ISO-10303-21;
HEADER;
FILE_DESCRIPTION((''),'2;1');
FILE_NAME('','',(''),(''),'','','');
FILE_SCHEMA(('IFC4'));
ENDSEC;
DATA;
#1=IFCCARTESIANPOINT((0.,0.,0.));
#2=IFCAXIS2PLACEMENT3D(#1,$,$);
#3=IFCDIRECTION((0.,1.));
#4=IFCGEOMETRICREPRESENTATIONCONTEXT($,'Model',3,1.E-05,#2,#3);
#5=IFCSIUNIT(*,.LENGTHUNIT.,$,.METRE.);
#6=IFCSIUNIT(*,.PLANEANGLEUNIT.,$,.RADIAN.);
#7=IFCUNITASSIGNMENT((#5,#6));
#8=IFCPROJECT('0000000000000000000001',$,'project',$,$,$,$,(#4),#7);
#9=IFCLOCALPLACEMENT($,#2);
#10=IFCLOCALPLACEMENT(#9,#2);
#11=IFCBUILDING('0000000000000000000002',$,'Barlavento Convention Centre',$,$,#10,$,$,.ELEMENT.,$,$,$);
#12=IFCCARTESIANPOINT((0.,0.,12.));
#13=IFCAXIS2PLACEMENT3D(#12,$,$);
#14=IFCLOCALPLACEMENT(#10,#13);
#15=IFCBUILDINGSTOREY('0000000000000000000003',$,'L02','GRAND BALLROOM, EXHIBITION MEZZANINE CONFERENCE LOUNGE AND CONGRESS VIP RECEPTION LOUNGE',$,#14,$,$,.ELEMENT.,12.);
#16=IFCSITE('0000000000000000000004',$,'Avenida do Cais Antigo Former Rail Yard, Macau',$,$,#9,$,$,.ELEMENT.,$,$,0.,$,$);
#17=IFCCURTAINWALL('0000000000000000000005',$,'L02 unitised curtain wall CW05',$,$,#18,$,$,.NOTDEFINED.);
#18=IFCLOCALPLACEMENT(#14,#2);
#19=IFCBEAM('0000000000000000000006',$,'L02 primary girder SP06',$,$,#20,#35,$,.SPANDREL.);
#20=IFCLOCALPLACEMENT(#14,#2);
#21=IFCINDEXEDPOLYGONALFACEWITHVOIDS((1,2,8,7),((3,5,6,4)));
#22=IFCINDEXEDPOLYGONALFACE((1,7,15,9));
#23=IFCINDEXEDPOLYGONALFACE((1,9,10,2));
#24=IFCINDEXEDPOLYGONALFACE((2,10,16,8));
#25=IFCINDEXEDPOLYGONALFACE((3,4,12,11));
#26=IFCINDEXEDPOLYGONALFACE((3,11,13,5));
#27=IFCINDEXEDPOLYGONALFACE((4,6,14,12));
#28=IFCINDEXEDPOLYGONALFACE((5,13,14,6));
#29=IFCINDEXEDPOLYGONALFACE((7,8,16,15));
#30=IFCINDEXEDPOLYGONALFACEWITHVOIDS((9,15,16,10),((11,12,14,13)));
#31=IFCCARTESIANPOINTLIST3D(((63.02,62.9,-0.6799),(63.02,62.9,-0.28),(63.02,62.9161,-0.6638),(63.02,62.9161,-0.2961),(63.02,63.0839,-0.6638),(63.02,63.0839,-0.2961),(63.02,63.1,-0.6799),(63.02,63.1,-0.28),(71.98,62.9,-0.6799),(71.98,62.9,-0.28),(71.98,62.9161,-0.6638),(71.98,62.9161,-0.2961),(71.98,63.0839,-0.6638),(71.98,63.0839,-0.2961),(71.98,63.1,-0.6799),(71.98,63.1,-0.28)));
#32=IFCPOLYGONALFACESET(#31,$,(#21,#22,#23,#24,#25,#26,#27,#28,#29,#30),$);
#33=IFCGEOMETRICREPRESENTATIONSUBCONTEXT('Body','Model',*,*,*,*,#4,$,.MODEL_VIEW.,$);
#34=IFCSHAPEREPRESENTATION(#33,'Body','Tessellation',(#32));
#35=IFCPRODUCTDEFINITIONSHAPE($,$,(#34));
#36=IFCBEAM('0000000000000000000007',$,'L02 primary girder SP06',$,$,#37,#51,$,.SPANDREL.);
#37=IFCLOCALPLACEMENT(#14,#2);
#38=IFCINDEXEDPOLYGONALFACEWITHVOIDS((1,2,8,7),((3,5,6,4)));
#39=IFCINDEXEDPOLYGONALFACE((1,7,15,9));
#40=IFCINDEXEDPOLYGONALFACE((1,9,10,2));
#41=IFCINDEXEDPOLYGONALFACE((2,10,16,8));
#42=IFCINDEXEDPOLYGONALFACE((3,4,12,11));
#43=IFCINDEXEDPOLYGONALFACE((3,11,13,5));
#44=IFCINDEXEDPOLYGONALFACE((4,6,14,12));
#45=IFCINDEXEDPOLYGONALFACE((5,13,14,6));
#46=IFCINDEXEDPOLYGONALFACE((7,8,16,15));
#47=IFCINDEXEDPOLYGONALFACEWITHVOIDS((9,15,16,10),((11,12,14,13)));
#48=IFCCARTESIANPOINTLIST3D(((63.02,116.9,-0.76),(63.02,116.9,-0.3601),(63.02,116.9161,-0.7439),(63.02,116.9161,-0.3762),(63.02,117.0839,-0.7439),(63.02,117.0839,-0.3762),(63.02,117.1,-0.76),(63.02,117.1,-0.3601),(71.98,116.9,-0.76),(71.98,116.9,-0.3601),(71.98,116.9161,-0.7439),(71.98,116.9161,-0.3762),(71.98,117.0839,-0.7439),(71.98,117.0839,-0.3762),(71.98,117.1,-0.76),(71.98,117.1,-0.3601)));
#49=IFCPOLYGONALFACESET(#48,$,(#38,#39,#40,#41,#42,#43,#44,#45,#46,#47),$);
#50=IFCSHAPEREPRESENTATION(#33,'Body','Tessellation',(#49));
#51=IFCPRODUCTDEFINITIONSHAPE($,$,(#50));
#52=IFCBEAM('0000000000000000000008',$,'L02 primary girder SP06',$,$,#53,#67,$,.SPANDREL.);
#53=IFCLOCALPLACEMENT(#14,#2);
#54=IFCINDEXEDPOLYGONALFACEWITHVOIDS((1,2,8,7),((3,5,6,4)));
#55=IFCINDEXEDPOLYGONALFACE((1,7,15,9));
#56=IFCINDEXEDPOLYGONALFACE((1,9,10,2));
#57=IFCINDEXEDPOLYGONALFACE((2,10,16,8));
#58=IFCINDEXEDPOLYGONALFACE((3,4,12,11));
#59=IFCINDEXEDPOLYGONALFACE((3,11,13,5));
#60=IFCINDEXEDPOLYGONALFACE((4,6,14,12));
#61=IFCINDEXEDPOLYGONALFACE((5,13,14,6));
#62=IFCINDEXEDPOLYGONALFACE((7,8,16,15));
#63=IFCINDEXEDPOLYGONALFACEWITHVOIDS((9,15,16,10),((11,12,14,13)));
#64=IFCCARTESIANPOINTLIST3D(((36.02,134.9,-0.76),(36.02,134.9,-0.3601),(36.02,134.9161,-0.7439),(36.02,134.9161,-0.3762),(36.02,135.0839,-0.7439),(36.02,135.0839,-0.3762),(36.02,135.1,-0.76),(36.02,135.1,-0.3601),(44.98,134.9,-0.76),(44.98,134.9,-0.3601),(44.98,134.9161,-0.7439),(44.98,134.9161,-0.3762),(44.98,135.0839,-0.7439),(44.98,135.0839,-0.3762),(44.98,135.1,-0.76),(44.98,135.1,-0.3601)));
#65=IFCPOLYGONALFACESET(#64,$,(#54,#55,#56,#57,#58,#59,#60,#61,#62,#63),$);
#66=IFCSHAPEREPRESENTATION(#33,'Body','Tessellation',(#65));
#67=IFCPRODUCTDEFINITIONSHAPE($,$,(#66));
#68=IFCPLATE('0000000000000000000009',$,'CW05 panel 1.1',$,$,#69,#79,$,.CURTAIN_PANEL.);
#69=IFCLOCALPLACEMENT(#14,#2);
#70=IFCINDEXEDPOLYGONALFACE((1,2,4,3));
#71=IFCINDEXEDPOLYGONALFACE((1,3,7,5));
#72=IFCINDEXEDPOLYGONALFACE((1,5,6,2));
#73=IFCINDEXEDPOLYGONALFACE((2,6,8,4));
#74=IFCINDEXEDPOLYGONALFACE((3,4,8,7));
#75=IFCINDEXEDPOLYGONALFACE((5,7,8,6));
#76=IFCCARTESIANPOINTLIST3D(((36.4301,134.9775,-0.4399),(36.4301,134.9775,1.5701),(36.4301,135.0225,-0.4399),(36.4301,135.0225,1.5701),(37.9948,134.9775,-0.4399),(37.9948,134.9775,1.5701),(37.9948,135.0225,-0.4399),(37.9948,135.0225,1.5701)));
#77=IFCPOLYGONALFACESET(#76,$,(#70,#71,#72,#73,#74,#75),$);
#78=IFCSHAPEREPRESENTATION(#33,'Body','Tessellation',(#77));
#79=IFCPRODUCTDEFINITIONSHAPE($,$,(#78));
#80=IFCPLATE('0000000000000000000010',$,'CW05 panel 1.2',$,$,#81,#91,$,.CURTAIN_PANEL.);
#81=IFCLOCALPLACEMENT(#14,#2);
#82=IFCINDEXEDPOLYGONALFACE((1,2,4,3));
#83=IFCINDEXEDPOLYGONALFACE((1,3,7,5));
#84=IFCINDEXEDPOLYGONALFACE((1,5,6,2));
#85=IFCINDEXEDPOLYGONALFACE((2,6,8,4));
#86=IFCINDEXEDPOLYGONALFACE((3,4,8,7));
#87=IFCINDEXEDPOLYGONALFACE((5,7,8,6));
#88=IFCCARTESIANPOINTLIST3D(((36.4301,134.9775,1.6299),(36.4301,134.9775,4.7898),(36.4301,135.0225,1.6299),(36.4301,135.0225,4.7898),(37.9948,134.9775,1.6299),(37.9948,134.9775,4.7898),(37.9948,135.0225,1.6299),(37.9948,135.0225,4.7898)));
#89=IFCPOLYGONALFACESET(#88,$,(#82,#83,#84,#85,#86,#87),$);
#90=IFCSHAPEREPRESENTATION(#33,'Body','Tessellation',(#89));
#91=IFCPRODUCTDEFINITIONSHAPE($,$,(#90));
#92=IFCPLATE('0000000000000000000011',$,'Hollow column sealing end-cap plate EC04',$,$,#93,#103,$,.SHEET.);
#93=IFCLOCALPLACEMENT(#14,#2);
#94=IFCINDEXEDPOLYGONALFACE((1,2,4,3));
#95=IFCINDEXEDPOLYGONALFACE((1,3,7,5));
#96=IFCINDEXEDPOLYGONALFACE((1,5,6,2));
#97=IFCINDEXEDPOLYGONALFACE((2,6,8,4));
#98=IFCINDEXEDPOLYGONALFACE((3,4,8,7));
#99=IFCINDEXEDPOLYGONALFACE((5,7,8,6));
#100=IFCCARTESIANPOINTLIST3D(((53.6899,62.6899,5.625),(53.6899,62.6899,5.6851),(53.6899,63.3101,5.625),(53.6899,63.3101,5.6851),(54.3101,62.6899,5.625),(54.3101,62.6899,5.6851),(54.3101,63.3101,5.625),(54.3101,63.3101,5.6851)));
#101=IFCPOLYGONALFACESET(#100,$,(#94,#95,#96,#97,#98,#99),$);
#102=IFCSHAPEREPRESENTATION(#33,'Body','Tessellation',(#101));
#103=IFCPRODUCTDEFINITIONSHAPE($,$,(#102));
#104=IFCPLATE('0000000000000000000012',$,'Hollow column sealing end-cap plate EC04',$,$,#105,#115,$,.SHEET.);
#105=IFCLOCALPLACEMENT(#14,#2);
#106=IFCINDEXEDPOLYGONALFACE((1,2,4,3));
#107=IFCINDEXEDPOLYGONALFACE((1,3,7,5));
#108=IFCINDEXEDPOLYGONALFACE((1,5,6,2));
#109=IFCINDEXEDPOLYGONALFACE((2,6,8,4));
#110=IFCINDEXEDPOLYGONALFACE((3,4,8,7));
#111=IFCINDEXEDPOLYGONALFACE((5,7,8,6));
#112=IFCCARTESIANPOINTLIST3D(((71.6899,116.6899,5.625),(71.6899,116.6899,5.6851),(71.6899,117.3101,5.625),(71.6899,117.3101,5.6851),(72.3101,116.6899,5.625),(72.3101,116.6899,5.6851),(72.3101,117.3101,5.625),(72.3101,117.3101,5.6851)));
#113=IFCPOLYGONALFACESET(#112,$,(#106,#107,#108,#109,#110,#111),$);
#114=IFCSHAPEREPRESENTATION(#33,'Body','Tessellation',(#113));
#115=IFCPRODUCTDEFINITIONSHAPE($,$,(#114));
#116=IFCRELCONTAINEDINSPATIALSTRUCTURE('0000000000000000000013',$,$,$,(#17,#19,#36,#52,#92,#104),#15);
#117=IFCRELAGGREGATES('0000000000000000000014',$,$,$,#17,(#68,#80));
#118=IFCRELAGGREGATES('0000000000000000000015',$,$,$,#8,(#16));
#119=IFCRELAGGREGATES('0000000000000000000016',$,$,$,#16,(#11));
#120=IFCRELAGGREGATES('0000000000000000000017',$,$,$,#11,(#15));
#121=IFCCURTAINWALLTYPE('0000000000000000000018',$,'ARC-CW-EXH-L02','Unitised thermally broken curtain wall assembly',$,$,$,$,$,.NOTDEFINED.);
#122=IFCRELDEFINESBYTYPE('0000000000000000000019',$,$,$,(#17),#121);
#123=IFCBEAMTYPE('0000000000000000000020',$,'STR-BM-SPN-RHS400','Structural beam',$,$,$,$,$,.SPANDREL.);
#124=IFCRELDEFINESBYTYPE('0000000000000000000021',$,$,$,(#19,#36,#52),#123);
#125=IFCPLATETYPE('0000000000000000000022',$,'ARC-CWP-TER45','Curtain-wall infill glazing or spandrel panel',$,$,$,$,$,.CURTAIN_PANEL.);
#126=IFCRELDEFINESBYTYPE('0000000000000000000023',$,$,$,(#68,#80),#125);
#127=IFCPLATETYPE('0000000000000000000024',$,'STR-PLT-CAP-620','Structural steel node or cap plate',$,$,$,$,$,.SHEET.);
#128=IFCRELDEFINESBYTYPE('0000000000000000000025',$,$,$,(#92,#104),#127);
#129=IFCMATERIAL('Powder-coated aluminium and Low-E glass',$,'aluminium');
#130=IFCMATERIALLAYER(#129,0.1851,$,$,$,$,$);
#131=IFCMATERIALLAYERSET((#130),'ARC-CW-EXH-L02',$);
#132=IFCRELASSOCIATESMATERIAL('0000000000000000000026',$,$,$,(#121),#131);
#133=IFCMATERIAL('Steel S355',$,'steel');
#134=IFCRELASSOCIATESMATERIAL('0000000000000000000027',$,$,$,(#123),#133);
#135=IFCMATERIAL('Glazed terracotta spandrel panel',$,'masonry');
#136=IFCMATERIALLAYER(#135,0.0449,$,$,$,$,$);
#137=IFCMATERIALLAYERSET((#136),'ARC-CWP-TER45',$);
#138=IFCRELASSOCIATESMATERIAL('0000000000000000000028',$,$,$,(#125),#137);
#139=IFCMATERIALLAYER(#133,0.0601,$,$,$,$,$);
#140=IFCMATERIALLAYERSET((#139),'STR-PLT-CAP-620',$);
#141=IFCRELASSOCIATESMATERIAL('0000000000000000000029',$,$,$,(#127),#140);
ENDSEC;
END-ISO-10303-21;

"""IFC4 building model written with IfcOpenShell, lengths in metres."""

from ifc_helpers import new_model, si_unit, direction, frame, origin, origin_2d, place, context, subcontext, project, spatial, rectangle, hollow_rectangle, extrude, material, layer, layer_set, material_profile, profile_set, type_object, element, aggregate, save


model = new_model("IFC4")

# Units and contexts
model_context = context("Model", 3, precision=1e-05, world=origin(), true_north=direction((0.0, 1.0)))
body_context = subcontext(model_context, "Body", "Model", "MODEL_VIEW")
ifc_project = project(units=[si_unit("LENGTHUNIT", "METRE"), si_unit("PLANEANGLEUNIT", "RADIAN")], contexts=[model_context])

# Site, building, storey
site_placement = place(None, origin())
site = spatial("IfcSite", under=ifc_project, at=site_placement, Name="Avenida do Cais Antigo Former Rail Yard, Macau", CompositionType="ELEMENT", RefElevation=0.0)
building_placement = place(site_placement, origin())
building = spatial("IfcBuilding", under=site, at=building_placement, Name="Barlavento Convention Centre", CompositionType="ELEMENT")
storey_placement = place(building_placement, frame((0.0, 0.0, 12.0)))
storey = spatial("IfcBuildingStorey", under=building, at=storey_placement, Name="L02", Description="GRAND BALLROOM, EXHIBITION MEZZANINE CONFERENCE LOUNGE AND CONGRESS VIP RECEPTION LOUNGE", CompositionType="ELEMENT", Elevation=12.0)

# Shared definitions
ifc_material_1 = material(Name="Steel S355", Category="steel")

# Curtain wall
ifc_material_2 = material(Name="Powder-coated aluminium and Low-E glass", Category="aluminium")
ifc_layer_1 = layer(ifc_material_2, 0.1851)
ifc_layer_set_1 = layer_set([ifc_layer_1], Name="ARC-CW-EXH-L02")
curtain_wall_type = type_object("IfcCurtainWallType", Name="ARC-CW-EXH-L02", Description="Unitised thermally broken curtain wall assembly", PredefinedType="NOTDEFINED", material=ifc_layer_set_1)
curtain_wall_placement = place(storey_placement, origin())
curtain_wall = element("IfcCurtainWall", 1, at=curtain_wall_placement, inside=storey, type_object=curtain_wall_type, Name="L02 unitised curtain wall CW05", PredefinedType="NOTDEFINED")

# Beams
ifc_material_profile_1 = material_profile(ifc_material_1, hollow_rectangle(XDim=0.2, YDim=0.3999, WallThickness=0.0161, at=origin_2d()), Name="RHS 400x200x16.0")
ifc_profile_set_1 = profile_set([ifc_material_profile_1], Name="Steel S355")
beam_type_1 = type_object("IfcBeamType", Name="STR-BM-SPN-RHS400", Description="Structural beam", PredefinedType="SPANDREL", material=ifc_profile_set_1)
for number, where, z_axis, x_axis, name in (
    (2, (63.02, 63.0, -0.48), (1.0, 0.0, 0.0), (0.0, 1.0, 0.0), "L02 primary girder SP06"),
    (3, (63.02, 117.0, -0.5601), (1.0, 0.0, 0.0), (0.0, 1.0, 0.0), "L02 primary girder SP06"),
    (4, (36.02, 135.0, -0.5601), (1.0, 0.0, 0.0), (0.0, 1.0, 0.0), "L02 primary girder SP06"),
):
    element("IfcBeam", number, at=place(storey_placement, frame(where, z_axis=z_axis, x_axis=x_axis)), inside=storey, type_object=beam_type_1, Name=name, PredefinedType="SPANDREL", context=body_context, shape_type="SweptSolid", body=[
        extrude(hollow_rectangle(XDim=0.2, YDim=0.3999, WallThickness=0.0161, at=origin_2d()), origin(), (0.0, 0.0, 1.0), 8.96),
    ])

# Plates
ifc_material_3 = material(Name="Glazed terracotta spandrel panel", Category="masonry")
ifc_layer_2 = layer(ifc_material_3, 0.0449)
ifc_layer_set_2 = layer_set([ifc_layer_2], Name="ARC-CWP-TER45")
plate_type_1 = type_object("IfcPlateType", Name="ARC-CWP-TER45", Description="Curtain-wall infill glazing or spandrel panel", PredefinedType="CURTAIN_PANEL", material=ifc_layer_set_2)
plate_1_placement = place(storey_placement, frame((37.2124, 135.0, -0.4399), z_axis=(0.0, 0.0, 1.0), x_axis=(1.0, 0.0, 0.0)))
plate_1 = element("IfcPlate", 5, at=plate_1_placement, type_object=plate_type_1, Name="CW05 panel 1.1", PredefinedType="CURTAIN_PANEL", context=body_context, shape_type="SweptSolid", body=[
    extrude(rectangle(XDim=1.5647, YDim=0.0449, at=origin_2d()), origin(), (0.0, 0.0, 1.0), 2.01),
])
plate_2_placement = place(storey_placement, frame((37.2124, 135.0, 1.6299), z_axis=(0.0, 0.0, 1.0), x_axis=(1.0, 0.0, 0.0)))
plate_2 = element("IfcPlate", 6, at=plate_2_placement, type_object=plate_type_1, Name="CW05 panel 1.2", PredefinedType="CURTAIN_PANEL", context=body_context, shape_type="SweptSolid", body=[
    extrude(rectangle(XDim=1.5647, YDim=0.0449, at=origin_2d()), origin(), (0.0, 0.0, 1.0), 3.1599),
])
aggregate(curtain_wall, [plate_1, plate_2])

# Plates
ifc_layer_3 = layer(ifc_material_1, 0.0601)
ifc_layer_set_3 = layer_set([ifc_layer_3], Name="STR-PLT-CAP-620")
plate_type_2 = type_object("IfcPlateType", Name="STR-PLT-CAP-620", Description="Structural steel node or cap plate", PredefinedType="SHEET", material=ifc_layer_set_3)
for number, where, z_axis, x_axis, name in (
    (7, (54.0, 63.0, 5.625), (0.0, 0.0, 1.0), (1.0, 0.0, 0.0), "Hollow column sealing end-cap plate EC04"),
    (8, (72.0, 117.0, 5.625), (0.0, 0.0, 1.0), (1.0, 0.0, 0.0), "Hollow column sealing end-cap plate EC04"),
):
    element("IfcPlate", number, at=place(storey_placement, frame(where, z_axis=z_axis, x_axis=x_axis)), inside=storey, type_object=plate_type_2, Name=name, PredefinedType="SHEET", context=body_context, shape_type="SweptSolid", body=[
        extrude(rectangle(XDim=0.6201, YDim=0.6201, at=origin_2d()), origin(), (0.0, 0.0, 1.0), 0.0601),
    ])

save(model, "model.ifc")
